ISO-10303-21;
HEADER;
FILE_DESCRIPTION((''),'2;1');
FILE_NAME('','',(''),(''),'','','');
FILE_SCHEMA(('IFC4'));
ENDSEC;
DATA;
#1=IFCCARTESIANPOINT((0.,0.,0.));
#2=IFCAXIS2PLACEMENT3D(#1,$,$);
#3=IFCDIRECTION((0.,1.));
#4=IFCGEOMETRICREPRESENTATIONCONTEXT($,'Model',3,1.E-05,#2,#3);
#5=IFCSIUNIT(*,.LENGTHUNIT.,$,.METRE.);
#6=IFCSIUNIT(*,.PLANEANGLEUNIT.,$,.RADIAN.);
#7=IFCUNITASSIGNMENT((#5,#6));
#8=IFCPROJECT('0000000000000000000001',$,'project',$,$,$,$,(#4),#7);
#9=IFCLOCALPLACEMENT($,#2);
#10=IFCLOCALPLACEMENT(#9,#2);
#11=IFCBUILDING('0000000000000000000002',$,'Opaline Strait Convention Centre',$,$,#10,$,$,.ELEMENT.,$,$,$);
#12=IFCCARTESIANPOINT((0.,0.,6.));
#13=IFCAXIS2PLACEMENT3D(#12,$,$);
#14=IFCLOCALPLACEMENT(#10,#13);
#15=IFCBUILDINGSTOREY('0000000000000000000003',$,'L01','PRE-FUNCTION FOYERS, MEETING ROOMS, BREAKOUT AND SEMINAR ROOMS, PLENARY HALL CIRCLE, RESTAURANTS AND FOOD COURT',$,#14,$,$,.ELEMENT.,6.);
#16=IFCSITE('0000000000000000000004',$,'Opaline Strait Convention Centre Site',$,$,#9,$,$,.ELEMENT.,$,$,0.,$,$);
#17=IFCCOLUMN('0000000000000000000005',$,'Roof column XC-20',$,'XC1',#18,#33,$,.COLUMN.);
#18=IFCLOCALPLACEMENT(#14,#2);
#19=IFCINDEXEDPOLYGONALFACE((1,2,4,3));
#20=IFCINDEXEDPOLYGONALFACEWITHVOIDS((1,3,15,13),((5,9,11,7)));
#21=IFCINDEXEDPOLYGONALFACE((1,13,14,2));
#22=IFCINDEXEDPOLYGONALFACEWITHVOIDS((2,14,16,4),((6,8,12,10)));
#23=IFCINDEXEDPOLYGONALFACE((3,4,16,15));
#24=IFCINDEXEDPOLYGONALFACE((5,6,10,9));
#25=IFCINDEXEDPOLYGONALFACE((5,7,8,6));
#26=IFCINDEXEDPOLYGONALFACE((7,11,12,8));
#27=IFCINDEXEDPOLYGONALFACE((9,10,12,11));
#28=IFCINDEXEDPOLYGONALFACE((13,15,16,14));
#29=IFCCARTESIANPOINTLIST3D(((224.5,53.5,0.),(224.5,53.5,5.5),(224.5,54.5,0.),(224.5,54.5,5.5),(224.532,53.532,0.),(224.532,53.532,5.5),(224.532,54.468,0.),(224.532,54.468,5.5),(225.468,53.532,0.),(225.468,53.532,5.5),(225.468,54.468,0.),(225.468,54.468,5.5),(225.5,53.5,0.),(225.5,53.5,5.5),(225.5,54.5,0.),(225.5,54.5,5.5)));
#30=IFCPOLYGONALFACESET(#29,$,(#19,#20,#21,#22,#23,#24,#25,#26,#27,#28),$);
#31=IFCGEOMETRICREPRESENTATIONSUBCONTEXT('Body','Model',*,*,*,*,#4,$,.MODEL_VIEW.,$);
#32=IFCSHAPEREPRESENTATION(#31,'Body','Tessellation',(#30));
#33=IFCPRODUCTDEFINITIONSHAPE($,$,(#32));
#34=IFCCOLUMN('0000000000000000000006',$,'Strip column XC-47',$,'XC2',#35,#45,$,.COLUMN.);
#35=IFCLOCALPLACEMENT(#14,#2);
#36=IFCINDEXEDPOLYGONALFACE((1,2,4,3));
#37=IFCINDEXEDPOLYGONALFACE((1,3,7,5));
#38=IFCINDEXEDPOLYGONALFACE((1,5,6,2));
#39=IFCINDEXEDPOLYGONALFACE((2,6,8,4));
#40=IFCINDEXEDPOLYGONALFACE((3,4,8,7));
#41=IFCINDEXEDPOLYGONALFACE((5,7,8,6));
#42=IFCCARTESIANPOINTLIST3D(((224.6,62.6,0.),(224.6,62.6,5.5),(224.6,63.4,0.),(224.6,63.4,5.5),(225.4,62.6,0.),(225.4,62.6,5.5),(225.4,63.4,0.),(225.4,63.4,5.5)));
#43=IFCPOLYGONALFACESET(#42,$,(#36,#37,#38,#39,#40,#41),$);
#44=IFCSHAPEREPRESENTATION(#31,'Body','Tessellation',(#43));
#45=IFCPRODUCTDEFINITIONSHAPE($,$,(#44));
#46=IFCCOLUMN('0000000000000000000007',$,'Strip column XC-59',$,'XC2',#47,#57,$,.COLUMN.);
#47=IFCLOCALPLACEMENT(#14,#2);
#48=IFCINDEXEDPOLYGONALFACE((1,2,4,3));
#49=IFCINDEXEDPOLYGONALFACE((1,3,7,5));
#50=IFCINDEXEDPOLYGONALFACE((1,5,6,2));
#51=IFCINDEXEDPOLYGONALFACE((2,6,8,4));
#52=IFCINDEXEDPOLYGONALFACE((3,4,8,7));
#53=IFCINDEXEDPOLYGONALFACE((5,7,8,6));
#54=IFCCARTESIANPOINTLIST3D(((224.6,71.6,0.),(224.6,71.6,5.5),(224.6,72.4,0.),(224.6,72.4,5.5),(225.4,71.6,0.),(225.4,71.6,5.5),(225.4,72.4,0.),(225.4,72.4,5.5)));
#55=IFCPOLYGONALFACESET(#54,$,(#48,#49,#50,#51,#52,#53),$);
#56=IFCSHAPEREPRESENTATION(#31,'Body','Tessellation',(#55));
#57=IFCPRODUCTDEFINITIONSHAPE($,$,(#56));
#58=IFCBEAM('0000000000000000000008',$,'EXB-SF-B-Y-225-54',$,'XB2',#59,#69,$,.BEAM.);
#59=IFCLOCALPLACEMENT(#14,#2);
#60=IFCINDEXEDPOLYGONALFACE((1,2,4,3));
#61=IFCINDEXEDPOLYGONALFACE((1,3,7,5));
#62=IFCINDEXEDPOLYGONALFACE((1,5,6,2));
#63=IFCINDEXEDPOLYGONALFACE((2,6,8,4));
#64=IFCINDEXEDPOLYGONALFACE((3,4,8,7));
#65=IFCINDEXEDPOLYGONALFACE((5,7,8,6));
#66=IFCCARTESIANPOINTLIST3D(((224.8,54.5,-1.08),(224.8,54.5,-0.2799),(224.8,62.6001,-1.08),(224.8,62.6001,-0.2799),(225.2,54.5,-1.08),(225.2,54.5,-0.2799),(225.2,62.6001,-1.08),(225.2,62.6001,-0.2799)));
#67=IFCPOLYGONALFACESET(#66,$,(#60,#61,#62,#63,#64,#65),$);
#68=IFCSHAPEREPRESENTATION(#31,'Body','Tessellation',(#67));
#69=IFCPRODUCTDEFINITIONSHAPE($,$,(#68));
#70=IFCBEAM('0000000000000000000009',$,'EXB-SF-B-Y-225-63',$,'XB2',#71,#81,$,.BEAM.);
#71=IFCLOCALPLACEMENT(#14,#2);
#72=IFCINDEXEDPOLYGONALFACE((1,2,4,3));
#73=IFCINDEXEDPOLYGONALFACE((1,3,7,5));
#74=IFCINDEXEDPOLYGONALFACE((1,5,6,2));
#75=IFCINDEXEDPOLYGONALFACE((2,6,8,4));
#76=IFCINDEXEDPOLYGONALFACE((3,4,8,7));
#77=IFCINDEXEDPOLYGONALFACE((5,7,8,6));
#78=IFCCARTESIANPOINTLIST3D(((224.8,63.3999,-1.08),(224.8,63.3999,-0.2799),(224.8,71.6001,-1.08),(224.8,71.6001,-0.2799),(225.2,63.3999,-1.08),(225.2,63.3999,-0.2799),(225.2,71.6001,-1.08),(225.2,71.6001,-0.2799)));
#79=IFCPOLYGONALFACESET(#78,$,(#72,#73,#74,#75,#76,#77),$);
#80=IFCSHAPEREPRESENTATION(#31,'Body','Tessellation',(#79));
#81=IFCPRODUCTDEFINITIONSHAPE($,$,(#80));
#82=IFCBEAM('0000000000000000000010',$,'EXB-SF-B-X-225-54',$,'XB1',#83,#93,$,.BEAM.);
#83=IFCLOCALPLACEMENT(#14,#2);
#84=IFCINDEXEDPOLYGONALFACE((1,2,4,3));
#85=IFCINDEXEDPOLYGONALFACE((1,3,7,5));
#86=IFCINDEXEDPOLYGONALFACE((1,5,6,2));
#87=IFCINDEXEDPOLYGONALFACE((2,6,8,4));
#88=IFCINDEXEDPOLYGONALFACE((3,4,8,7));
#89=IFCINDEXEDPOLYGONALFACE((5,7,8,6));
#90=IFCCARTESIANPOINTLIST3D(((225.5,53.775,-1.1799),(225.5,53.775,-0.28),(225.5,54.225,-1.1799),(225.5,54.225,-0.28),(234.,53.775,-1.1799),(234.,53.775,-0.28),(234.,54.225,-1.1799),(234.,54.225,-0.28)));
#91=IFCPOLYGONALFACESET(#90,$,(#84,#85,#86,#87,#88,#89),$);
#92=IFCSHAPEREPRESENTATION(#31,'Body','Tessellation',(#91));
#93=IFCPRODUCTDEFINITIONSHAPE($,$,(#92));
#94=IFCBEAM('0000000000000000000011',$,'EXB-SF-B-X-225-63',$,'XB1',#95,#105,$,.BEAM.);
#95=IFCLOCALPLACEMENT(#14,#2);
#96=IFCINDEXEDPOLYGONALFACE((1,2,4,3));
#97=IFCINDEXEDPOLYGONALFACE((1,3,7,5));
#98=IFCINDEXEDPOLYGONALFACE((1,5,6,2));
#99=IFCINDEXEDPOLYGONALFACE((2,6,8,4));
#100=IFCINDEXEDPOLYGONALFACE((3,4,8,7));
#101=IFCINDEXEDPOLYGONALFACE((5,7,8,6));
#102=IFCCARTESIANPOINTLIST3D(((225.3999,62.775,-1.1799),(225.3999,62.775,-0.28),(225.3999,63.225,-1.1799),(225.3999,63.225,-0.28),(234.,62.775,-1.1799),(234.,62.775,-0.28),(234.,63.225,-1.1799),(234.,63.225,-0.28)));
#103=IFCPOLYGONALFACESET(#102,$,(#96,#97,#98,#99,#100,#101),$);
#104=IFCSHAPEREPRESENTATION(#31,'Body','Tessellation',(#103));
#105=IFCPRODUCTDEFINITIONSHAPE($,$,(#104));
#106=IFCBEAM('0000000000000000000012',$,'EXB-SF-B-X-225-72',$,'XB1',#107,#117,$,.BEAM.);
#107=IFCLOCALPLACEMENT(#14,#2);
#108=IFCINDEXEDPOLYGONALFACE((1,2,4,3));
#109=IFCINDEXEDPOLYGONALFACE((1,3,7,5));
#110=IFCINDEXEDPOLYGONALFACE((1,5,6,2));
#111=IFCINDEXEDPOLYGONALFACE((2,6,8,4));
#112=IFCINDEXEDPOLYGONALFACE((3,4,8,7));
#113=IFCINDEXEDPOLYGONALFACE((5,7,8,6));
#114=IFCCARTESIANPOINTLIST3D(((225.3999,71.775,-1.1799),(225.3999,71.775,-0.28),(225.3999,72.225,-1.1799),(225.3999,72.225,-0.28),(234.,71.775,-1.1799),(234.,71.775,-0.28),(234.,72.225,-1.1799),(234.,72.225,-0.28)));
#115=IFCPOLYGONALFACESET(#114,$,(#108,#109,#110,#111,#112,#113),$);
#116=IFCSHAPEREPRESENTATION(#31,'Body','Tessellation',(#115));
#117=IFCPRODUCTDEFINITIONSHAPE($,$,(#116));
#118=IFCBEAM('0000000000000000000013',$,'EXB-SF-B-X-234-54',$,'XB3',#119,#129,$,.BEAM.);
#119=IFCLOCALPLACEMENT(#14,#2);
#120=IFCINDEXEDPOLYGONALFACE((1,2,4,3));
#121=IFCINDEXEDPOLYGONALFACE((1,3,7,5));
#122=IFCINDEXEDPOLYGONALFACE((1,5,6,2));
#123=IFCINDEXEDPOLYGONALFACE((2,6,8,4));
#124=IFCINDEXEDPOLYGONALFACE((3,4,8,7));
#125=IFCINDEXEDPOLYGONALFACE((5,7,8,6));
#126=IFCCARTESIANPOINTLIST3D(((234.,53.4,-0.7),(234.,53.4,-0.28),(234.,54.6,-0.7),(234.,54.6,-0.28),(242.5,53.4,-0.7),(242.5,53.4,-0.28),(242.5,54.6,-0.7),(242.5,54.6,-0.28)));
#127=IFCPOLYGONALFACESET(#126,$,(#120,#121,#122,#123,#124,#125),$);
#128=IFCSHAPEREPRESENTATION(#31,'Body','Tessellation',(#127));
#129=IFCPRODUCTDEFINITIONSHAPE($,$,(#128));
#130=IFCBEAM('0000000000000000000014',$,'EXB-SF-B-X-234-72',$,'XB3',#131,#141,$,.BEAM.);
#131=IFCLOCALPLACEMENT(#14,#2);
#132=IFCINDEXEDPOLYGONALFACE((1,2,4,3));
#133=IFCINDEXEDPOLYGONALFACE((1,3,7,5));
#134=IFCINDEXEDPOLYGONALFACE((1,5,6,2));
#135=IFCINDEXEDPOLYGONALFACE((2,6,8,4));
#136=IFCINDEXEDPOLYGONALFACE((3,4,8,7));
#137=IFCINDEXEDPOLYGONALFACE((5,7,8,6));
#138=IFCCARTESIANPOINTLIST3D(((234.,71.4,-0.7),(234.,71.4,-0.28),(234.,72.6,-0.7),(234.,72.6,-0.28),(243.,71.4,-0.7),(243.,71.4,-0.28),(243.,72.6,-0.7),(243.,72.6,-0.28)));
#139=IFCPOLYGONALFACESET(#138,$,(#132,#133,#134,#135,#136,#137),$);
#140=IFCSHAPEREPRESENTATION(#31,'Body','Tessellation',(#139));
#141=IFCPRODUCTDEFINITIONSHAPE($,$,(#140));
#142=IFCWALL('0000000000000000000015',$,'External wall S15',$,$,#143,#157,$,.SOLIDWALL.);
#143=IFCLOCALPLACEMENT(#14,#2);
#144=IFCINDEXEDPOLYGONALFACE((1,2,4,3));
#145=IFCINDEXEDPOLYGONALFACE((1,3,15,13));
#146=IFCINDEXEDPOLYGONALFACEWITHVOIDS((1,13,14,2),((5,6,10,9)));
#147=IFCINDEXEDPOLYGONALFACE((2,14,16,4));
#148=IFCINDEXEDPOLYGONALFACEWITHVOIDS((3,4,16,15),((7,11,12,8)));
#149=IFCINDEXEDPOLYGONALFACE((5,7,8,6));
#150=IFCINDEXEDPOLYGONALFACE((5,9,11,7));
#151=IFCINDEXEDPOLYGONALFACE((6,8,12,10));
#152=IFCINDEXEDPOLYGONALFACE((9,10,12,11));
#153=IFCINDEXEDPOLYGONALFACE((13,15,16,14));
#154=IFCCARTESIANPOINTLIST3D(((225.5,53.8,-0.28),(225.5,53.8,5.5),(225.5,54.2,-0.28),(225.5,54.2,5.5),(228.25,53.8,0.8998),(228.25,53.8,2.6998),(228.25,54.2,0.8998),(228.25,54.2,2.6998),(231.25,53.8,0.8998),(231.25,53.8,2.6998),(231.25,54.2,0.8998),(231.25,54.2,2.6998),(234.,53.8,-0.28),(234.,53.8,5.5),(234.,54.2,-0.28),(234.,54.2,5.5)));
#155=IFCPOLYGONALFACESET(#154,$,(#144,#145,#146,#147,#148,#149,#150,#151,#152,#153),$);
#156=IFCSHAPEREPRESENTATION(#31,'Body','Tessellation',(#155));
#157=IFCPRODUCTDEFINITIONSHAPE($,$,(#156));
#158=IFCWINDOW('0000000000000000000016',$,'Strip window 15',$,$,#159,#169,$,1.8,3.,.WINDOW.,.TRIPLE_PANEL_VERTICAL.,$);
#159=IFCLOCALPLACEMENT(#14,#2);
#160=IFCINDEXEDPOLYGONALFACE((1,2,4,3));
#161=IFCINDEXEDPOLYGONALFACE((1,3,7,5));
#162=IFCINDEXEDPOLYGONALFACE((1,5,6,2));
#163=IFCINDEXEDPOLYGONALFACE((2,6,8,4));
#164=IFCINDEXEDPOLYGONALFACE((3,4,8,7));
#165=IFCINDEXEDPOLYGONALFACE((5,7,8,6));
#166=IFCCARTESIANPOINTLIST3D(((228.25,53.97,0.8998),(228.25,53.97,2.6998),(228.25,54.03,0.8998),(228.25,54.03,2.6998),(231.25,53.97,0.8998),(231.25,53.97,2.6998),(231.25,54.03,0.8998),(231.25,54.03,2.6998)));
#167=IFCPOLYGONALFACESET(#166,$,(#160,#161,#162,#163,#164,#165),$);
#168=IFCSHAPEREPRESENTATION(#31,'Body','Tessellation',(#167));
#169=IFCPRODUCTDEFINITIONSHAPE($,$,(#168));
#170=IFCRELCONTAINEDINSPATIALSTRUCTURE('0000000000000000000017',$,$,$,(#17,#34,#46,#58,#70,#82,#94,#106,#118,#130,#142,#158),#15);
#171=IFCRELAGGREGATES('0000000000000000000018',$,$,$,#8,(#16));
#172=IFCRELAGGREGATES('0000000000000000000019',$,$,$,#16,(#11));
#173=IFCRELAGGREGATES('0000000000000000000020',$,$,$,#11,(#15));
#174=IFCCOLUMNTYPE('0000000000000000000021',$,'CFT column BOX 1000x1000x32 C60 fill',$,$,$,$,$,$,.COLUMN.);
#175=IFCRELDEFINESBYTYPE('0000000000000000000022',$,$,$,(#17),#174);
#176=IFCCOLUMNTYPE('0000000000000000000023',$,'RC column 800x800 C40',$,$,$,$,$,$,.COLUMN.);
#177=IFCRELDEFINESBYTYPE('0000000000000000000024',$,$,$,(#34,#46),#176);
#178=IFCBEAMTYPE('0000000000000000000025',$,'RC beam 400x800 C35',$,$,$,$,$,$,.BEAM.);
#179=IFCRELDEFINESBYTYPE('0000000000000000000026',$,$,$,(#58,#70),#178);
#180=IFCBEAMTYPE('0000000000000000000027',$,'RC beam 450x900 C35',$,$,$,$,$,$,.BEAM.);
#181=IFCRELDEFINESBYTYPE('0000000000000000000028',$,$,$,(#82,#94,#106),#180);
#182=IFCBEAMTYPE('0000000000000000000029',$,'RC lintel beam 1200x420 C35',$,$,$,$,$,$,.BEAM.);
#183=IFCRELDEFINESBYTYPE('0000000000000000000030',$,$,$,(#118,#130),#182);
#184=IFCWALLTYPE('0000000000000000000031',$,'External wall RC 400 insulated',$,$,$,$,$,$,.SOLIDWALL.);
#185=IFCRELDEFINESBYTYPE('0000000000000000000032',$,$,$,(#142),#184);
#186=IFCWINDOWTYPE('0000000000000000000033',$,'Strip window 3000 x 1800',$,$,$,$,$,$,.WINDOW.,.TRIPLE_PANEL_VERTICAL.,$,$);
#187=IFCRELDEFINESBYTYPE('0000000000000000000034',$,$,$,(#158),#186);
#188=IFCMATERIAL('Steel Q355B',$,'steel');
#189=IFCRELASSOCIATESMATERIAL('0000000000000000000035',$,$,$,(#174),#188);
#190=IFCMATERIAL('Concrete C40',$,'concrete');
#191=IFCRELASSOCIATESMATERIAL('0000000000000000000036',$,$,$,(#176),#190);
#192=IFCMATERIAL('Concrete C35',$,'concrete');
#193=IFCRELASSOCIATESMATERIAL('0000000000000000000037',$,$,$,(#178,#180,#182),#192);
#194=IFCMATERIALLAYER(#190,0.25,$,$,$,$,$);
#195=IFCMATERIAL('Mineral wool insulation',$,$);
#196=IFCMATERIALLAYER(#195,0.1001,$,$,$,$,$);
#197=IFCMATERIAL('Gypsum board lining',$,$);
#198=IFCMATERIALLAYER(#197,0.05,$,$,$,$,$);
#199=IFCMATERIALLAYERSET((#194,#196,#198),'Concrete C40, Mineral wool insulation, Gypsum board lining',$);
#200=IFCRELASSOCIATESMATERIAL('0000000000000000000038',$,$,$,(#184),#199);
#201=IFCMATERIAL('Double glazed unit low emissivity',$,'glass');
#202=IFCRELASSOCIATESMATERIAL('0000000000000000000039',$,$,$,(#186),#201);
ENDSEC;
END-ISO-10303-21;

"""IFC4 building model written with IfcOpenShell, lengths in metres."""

from ifc_helpers import new_model, si_unit, direction, frame, frame_2d, origin, origin_2d, place, context, subcontext, project, spatial, rectangle, hollow_rectangle, extrude, material, layer, layer_set, material_profile, profile_set, type_object, element, fill, save


model = new_model("IFC4")

# Units and contexts
model_context = context("Model", 3, precision=1e-05, world=origin(), true_north=direction((0.0, 1.0)))
body_context = subcontext(model_context, "Body", "Model", "MODEL_VIEW")
ifc_project = project(units=[si_unit("LENGTHUNIT", "METRE"), si_unit("PLANEANGLEUNIT", "RADIAN")], contexts=[model_context])

# Site, building, storey
site_placement = place(None, origin())
site = spatial("IfcSite", under=ifc_project, at=site_placement, Name="Opaline Strait Convention Centre Site", CompositionType="ELEMENT", RefElevation=0.0)
building_placement = place(site_placement, origin())
building = spatial("IfcBuilding", under=site, at=building_placement, Name="Opaline Strait Convention Centre", CompositionType="ELEMENT")
storey_placement = place(building_placement, frame((0.0, 0.0, 6.0)))
storey = spatial("IfcBuildingStorey", under=building, at=storey_placement, Name="L01", Description="PRE-FUNCTION FOYERS, MEETING ROOMS, BREAKOUT AND SEMINAR ROOMS, PLENARY HALL CIRCLE, RESTAURANTS AND FOOD COURT", CompositionType="ELEMENT", Elevation=6.0)

# Columns
ifc_material_1 = material(Name="Steel Q355B", Category="steel")
ifc_material_profile_1 = material_profile(ifc_material_1, hollow_rectangle(XDim=1.0, YDim=1.0, WallThickness=0.032, at=origin_2d()), Name="BOX 1000x1000x32")
ifc_profile_set_1 = profile_set([ifc_material_profile_1], Name="Steel Q355B")
column_type_1 = type_object("IfcColumnType", Name="CFT column BOX 1000x1000x32 C60 fill", PredefinedType="COLUMN", material=ifc_profile_set_1)
column_placement = place(storey_placement, frame((225.0, 54.0, 0.0), z_axis=(0.0, 0.0, 1.0), x_axis=(1.0, 0.0, 0.0)))
element("IfcColumn", 1, at=column_placement, inside=storey, type_object=column_type_1, Name="Roof column XC-20", ObjectType="XC1", PredefinedType="COLUMN", context=body_context, shape_type="SweptSolid", body=[
    extrude(hollow_rectangle(XDim=1.0, YDim=1.0, WallThickness=0.032, at=origin_2d()), origin(), (0.0, 0.0, 1.0), 5.5),
])
ifc_material_2 = material(Name="Concrete C40", Category="concrete")
ifc_material_profile_2 = material_profile(ifc_material_2, rectangle(XDim=0.8, YDim=0.8, at=origin_2d()), Name="RC 800x800")
ifc_profile_set_2 = profile_set([ifc_material_profile_2], Name="Concrete C40")
column_type_2 = type_object("IfcColumnType", Name="RC column 800x800 C40", PredefinedType="COLUMN", material=ifc_profile_set_2)
for number, where, z_axis, x_axis, name in (
    (2, (225.0, 63.0, 0.0), (0.0, 0.0, 1.0), (1.0, 0.0, 0.0), "Strip column XC-47"),
    (3, (225.0, 72.0, 0.0), (0.0, 0.0, 1.0), (1.0, 0.0, 0.0), "Strip column XC-59"),
):
    element("IfcColumn", number, at=place(storey_placement, frame(where, z_axis=z_axis, x_axis=x_axis)), inside=storey, type_object=column_type_2, Name=name, ObjectType="XC2", PredefinedType="COLUMN", context=body_context, shape_type="SweptSolid", body=[
        extrude(rectangle(XDim=0.8, YDim=0.8, at=origin_2d()), origin(), (0.0, 0.0, 1.0), 5.5),
    ])

# Beams
ifc_material_3 = material(Name="Concrete C35", Category="concrete")
ifc_material_profile_3 = material_profile(ifc_material_3, rectangle(XDim=0.3999, YDim=0.8, at=origin_2d()), Name="RC 400x800")
ifc_profile_set_3 = profile_set([ifc_material_profile_3], Name="Concrete C35")
beam_type_1 = type_object("IfcBeamType", Name="RC beam 400x800 C35", PredefinedType="BEAM", material=ifc_profile_set_3)
beam_1_placement = place(storey_placement, frame((225.0, 54.5, -0.6799), z_axis=(0.0, 1.0, 0.0), x_axis=(-1.0, 0.0, 0.0)))
element("IfcBeam", 4, at=beam_1_placement, inside=storey, type_object=beam_type_1, Name="EXB-SF-B-Y-225-54", ObjectType="XB2", PredefinedType="BEAM", context=body_context, shape_type="SweptSolid", body=[
    extrude(rectangle(XDim=0.3999, YDim=0.8, at=origin_2d()), origin(), (0.0, 0.0, 1.0), 8.1001),
])
beam_2_placement = place(storey_placement, frame((225.0, 63.3999, -0.6799), z_axis=(0.0, 1.0, 0.0), x_axis=(-1.0, 0.0, 0.0)))
element("IfcBeam", 5, at=beam_2_placement, inside=storey, type_object=beam_type_1, Name="EXB-SF-B-Y-225-63", ObjectType="XB2", PredefinedType="BEAM", context=body_context, shape_type="SweptSolid", body=[
    extrude(rectangle(XDim=0.3999, YDim=0.8, at=origin_2d()), origin(), (0.0, 0.0, 1.0), 8.2002),
])
ifc_material_profile_4 = material_profile(ifc_material_3, rectangle(XDim=0.45, YDim=0.8999, at=origin_2d()), Name="RC 450x900")
ifc_profile_set_4 = profile_set([ifc_material_profile_4], Name="Concrete C35")
beam_type_2 = type_object("IfcBeamType", Name="RC beam 450x900 C35", PredefinedType="BEAM", material=ifc_profile_set_4)
beam_3_placement = place(storey_placement, frame((225.5, 54.0, -0.73), z_axis=(1.0, 0.0, 0.0), x_axis=(0.0, 1.0, 0.0)))
element("IfcBeam", 6, at=beam_3_placement, inside=storey, type_object=beam_type_2, Name="EXB-SF-B-X-225-54", ObjectType="XB1", PredefinedType="BEAM", context=body_context, shape_type="SweptSolid", body=[
    extrude(rectangle(XDim=0.45, YDim=0.8999, at=origin_2d()), origin(), (0.0, 0.0, 1.0), 8.5),
])
for number, where, z_axis, x_axis, name in (
    (7, (225.3999, 63.0, -0.73), (1.0, 0.0, 0.0), (0.0, 1.0, 0.0), "EXB-SF-B-X-225-63"),
    (8, (225.3999, 72.0, -0.73), (1.0, 0.0, 0.0), (0.0, 1.0, 0.0), "EXB-SF-B-X-225-72"),
):
    element("IfcBeam", number, at=place(storey_placement, frame(where, z_axis=z_axis, x_axis=x_axis)), inside=storey, type_object=beam_type_2, Name=name, ObjectType="XB1", PredefinedType="BEAM", context=body_context, shape_type="SweptSolid", body=[
        extrude(rectangle(XDim=0.45, YDim=0.8999, at=origin_2d()), origin(), (0.0, 0.0, 1.0), 8.6001),
    ])
ifc_material_profile_5 = material_profile(ifc_material_3, rectangle(XDim=1.2, YDim=0.4199, at=origin_2d()), Name="RC 1200x420")
ifc_profile_set_5 = profile_set([ifc_material_profile_5], Name="Concrete C35")
beam_type_3 = type_object("IfcBeamType", Name="RC lintel beam 1200x420 C35", PredefinedType="BEAM", material=ifc_profile_set_5)
beam_4_placement = place(storey_placement, frame((234.0, 54.0, -0.49), z_axis=(1.0, 0.0, 0.0), x_axis=(0.0, 1.0, 0.0)))
element("IfcBeam", 9, at=beam_4_placement, inside=storey, type_object=beam_type_3, Name="EXB-SF-B-X-234-54", ObjectType="XB3", PredefinedType="BEAM", context=body_context, shape_type="SweptSolid", body=[
    extrude(rectangle(XDim=1.2, YDim=0.4199, at=origin_2d()), origin(), (0.0, 0.0, 1.0), 8.5),
])
beam_5_placement = place(storey_placement, frame((234.0, 72.0, -0.49), z_axis=(1.0, 0.0, 0.0), x_axis=(0.0, 1.0, 0.0)))
element("IfcBeam", 10, at=beam_5_placement, inside=storey, type_object=beam_type_3, Name="EXB-SF-B-X-234-72", ObjectType="XB3", PredefinedType="BEAM", context=body_context, shape_type="SweptSolid", body=[
    extrude(rectangle(XDim=1.2, YDim=0.4199, at=origin_2d()), origin(), (0.0, 0.0, 1.0), 9.0),
])

# Wall, opening, window
ifc_layer_1 = layer(ifc_material_2, 0.25)
ifc_material_4 = material(Name="Mineral wool insulation")
ifc_layer_2 = layer(ifc_material_4, 0.1001)
ifc_material_5 = material(Name="Gypsum board lining")
ifc_layer_3 = layer(ifc_material_5, 0.05)
ifc_layer_set_1 = layer_set([ifc_layer_1, ifc_layer_2, ifc_layer_3], Name="Concrete C40, Mineral wool insulation, Gypsum board lining")
wall_type_1 = type_object("IfcWallType", Name="External wall RC 400 insulated", PredefinedType="SOLIDWALL", material=ifc_layer_set_1)
wall_1_placement = place(storey_placement, frame((225.5, 54.0, -0.28), z_axis=(0.0, 0.0, 1.0), x_axis=(1.0, 0.0, 0.0)))
wall_1 = element("IfcWall", 11, at=wall_1_placement, inside=storey, type_object=wall_type_1, Name="External wall S15", PredefinedType="SOLIDWALL", context=body_context, shape_type="SweptSolid", body=[
    extrude(rectangle(XDim=8.5, YDim=0.3999, at=frame_2d((4.25, 0.0))), origin(), (0.0, 0.0, 1.0), 5.78),
])
opening_1_placement = place(wall_1_placement, frame((2.75, 0.0, 1.1799)))
opening_1 = element("IfcOpeningElement", 12, at=opening_1_placement, cuts=wall_1, PredefinedType="OPENING", context=body_context, shape_type="SweptSolid", body=[
    extrude(rectangle(XDim=3.0, YDim=1.8, at=frame_2d((1.5, 0.8999))), frame((0.0, 0.21, 0.0), z_axis=(0.0, -1.0, 0.0), x_axis=(1.0, 0.0, 0.0)), (0.0, 0.0, 1.0), 0.4199),
])
ifc_material_6 = material(Name="Double glazed unit low emissivity", Category="glass")
window_type = type_object("IfcWindowType", Name="Strip window 3000 x 1800", PartitioningType="TRIPLE_PANEL_VERTICAL", PredefinedType="WINDOW", material=ifc_material_6)
window_1_placement = place(opening_1_placement, origin())
window_1 = element("IfcWindow", 13, at=window_1_placement, inside=storey, type_object=window_type, Name="Strip window 15", OverallHeight=1.8, OverallWidth=3.0, PartitioningType="TRIPLE_PANEL_VERTICAL", PredefinedType="WINDOW", context=body_context, shape_type="SweptSolid", body=[
    extrude(rectangle(XDim=3.0, YDim=1.8, at=frame_2d((1.5, 0.8999))), frame((0.0, 0.03, 0.0), z_axis=(0.0, -1.0, 0.0), x_axis=(1.0, 0.0, 0.0)), (0.0, 0.0, 1.0), 0.0601),
])
fill(opening_1, window_1)

save(model, "model.ifc")
